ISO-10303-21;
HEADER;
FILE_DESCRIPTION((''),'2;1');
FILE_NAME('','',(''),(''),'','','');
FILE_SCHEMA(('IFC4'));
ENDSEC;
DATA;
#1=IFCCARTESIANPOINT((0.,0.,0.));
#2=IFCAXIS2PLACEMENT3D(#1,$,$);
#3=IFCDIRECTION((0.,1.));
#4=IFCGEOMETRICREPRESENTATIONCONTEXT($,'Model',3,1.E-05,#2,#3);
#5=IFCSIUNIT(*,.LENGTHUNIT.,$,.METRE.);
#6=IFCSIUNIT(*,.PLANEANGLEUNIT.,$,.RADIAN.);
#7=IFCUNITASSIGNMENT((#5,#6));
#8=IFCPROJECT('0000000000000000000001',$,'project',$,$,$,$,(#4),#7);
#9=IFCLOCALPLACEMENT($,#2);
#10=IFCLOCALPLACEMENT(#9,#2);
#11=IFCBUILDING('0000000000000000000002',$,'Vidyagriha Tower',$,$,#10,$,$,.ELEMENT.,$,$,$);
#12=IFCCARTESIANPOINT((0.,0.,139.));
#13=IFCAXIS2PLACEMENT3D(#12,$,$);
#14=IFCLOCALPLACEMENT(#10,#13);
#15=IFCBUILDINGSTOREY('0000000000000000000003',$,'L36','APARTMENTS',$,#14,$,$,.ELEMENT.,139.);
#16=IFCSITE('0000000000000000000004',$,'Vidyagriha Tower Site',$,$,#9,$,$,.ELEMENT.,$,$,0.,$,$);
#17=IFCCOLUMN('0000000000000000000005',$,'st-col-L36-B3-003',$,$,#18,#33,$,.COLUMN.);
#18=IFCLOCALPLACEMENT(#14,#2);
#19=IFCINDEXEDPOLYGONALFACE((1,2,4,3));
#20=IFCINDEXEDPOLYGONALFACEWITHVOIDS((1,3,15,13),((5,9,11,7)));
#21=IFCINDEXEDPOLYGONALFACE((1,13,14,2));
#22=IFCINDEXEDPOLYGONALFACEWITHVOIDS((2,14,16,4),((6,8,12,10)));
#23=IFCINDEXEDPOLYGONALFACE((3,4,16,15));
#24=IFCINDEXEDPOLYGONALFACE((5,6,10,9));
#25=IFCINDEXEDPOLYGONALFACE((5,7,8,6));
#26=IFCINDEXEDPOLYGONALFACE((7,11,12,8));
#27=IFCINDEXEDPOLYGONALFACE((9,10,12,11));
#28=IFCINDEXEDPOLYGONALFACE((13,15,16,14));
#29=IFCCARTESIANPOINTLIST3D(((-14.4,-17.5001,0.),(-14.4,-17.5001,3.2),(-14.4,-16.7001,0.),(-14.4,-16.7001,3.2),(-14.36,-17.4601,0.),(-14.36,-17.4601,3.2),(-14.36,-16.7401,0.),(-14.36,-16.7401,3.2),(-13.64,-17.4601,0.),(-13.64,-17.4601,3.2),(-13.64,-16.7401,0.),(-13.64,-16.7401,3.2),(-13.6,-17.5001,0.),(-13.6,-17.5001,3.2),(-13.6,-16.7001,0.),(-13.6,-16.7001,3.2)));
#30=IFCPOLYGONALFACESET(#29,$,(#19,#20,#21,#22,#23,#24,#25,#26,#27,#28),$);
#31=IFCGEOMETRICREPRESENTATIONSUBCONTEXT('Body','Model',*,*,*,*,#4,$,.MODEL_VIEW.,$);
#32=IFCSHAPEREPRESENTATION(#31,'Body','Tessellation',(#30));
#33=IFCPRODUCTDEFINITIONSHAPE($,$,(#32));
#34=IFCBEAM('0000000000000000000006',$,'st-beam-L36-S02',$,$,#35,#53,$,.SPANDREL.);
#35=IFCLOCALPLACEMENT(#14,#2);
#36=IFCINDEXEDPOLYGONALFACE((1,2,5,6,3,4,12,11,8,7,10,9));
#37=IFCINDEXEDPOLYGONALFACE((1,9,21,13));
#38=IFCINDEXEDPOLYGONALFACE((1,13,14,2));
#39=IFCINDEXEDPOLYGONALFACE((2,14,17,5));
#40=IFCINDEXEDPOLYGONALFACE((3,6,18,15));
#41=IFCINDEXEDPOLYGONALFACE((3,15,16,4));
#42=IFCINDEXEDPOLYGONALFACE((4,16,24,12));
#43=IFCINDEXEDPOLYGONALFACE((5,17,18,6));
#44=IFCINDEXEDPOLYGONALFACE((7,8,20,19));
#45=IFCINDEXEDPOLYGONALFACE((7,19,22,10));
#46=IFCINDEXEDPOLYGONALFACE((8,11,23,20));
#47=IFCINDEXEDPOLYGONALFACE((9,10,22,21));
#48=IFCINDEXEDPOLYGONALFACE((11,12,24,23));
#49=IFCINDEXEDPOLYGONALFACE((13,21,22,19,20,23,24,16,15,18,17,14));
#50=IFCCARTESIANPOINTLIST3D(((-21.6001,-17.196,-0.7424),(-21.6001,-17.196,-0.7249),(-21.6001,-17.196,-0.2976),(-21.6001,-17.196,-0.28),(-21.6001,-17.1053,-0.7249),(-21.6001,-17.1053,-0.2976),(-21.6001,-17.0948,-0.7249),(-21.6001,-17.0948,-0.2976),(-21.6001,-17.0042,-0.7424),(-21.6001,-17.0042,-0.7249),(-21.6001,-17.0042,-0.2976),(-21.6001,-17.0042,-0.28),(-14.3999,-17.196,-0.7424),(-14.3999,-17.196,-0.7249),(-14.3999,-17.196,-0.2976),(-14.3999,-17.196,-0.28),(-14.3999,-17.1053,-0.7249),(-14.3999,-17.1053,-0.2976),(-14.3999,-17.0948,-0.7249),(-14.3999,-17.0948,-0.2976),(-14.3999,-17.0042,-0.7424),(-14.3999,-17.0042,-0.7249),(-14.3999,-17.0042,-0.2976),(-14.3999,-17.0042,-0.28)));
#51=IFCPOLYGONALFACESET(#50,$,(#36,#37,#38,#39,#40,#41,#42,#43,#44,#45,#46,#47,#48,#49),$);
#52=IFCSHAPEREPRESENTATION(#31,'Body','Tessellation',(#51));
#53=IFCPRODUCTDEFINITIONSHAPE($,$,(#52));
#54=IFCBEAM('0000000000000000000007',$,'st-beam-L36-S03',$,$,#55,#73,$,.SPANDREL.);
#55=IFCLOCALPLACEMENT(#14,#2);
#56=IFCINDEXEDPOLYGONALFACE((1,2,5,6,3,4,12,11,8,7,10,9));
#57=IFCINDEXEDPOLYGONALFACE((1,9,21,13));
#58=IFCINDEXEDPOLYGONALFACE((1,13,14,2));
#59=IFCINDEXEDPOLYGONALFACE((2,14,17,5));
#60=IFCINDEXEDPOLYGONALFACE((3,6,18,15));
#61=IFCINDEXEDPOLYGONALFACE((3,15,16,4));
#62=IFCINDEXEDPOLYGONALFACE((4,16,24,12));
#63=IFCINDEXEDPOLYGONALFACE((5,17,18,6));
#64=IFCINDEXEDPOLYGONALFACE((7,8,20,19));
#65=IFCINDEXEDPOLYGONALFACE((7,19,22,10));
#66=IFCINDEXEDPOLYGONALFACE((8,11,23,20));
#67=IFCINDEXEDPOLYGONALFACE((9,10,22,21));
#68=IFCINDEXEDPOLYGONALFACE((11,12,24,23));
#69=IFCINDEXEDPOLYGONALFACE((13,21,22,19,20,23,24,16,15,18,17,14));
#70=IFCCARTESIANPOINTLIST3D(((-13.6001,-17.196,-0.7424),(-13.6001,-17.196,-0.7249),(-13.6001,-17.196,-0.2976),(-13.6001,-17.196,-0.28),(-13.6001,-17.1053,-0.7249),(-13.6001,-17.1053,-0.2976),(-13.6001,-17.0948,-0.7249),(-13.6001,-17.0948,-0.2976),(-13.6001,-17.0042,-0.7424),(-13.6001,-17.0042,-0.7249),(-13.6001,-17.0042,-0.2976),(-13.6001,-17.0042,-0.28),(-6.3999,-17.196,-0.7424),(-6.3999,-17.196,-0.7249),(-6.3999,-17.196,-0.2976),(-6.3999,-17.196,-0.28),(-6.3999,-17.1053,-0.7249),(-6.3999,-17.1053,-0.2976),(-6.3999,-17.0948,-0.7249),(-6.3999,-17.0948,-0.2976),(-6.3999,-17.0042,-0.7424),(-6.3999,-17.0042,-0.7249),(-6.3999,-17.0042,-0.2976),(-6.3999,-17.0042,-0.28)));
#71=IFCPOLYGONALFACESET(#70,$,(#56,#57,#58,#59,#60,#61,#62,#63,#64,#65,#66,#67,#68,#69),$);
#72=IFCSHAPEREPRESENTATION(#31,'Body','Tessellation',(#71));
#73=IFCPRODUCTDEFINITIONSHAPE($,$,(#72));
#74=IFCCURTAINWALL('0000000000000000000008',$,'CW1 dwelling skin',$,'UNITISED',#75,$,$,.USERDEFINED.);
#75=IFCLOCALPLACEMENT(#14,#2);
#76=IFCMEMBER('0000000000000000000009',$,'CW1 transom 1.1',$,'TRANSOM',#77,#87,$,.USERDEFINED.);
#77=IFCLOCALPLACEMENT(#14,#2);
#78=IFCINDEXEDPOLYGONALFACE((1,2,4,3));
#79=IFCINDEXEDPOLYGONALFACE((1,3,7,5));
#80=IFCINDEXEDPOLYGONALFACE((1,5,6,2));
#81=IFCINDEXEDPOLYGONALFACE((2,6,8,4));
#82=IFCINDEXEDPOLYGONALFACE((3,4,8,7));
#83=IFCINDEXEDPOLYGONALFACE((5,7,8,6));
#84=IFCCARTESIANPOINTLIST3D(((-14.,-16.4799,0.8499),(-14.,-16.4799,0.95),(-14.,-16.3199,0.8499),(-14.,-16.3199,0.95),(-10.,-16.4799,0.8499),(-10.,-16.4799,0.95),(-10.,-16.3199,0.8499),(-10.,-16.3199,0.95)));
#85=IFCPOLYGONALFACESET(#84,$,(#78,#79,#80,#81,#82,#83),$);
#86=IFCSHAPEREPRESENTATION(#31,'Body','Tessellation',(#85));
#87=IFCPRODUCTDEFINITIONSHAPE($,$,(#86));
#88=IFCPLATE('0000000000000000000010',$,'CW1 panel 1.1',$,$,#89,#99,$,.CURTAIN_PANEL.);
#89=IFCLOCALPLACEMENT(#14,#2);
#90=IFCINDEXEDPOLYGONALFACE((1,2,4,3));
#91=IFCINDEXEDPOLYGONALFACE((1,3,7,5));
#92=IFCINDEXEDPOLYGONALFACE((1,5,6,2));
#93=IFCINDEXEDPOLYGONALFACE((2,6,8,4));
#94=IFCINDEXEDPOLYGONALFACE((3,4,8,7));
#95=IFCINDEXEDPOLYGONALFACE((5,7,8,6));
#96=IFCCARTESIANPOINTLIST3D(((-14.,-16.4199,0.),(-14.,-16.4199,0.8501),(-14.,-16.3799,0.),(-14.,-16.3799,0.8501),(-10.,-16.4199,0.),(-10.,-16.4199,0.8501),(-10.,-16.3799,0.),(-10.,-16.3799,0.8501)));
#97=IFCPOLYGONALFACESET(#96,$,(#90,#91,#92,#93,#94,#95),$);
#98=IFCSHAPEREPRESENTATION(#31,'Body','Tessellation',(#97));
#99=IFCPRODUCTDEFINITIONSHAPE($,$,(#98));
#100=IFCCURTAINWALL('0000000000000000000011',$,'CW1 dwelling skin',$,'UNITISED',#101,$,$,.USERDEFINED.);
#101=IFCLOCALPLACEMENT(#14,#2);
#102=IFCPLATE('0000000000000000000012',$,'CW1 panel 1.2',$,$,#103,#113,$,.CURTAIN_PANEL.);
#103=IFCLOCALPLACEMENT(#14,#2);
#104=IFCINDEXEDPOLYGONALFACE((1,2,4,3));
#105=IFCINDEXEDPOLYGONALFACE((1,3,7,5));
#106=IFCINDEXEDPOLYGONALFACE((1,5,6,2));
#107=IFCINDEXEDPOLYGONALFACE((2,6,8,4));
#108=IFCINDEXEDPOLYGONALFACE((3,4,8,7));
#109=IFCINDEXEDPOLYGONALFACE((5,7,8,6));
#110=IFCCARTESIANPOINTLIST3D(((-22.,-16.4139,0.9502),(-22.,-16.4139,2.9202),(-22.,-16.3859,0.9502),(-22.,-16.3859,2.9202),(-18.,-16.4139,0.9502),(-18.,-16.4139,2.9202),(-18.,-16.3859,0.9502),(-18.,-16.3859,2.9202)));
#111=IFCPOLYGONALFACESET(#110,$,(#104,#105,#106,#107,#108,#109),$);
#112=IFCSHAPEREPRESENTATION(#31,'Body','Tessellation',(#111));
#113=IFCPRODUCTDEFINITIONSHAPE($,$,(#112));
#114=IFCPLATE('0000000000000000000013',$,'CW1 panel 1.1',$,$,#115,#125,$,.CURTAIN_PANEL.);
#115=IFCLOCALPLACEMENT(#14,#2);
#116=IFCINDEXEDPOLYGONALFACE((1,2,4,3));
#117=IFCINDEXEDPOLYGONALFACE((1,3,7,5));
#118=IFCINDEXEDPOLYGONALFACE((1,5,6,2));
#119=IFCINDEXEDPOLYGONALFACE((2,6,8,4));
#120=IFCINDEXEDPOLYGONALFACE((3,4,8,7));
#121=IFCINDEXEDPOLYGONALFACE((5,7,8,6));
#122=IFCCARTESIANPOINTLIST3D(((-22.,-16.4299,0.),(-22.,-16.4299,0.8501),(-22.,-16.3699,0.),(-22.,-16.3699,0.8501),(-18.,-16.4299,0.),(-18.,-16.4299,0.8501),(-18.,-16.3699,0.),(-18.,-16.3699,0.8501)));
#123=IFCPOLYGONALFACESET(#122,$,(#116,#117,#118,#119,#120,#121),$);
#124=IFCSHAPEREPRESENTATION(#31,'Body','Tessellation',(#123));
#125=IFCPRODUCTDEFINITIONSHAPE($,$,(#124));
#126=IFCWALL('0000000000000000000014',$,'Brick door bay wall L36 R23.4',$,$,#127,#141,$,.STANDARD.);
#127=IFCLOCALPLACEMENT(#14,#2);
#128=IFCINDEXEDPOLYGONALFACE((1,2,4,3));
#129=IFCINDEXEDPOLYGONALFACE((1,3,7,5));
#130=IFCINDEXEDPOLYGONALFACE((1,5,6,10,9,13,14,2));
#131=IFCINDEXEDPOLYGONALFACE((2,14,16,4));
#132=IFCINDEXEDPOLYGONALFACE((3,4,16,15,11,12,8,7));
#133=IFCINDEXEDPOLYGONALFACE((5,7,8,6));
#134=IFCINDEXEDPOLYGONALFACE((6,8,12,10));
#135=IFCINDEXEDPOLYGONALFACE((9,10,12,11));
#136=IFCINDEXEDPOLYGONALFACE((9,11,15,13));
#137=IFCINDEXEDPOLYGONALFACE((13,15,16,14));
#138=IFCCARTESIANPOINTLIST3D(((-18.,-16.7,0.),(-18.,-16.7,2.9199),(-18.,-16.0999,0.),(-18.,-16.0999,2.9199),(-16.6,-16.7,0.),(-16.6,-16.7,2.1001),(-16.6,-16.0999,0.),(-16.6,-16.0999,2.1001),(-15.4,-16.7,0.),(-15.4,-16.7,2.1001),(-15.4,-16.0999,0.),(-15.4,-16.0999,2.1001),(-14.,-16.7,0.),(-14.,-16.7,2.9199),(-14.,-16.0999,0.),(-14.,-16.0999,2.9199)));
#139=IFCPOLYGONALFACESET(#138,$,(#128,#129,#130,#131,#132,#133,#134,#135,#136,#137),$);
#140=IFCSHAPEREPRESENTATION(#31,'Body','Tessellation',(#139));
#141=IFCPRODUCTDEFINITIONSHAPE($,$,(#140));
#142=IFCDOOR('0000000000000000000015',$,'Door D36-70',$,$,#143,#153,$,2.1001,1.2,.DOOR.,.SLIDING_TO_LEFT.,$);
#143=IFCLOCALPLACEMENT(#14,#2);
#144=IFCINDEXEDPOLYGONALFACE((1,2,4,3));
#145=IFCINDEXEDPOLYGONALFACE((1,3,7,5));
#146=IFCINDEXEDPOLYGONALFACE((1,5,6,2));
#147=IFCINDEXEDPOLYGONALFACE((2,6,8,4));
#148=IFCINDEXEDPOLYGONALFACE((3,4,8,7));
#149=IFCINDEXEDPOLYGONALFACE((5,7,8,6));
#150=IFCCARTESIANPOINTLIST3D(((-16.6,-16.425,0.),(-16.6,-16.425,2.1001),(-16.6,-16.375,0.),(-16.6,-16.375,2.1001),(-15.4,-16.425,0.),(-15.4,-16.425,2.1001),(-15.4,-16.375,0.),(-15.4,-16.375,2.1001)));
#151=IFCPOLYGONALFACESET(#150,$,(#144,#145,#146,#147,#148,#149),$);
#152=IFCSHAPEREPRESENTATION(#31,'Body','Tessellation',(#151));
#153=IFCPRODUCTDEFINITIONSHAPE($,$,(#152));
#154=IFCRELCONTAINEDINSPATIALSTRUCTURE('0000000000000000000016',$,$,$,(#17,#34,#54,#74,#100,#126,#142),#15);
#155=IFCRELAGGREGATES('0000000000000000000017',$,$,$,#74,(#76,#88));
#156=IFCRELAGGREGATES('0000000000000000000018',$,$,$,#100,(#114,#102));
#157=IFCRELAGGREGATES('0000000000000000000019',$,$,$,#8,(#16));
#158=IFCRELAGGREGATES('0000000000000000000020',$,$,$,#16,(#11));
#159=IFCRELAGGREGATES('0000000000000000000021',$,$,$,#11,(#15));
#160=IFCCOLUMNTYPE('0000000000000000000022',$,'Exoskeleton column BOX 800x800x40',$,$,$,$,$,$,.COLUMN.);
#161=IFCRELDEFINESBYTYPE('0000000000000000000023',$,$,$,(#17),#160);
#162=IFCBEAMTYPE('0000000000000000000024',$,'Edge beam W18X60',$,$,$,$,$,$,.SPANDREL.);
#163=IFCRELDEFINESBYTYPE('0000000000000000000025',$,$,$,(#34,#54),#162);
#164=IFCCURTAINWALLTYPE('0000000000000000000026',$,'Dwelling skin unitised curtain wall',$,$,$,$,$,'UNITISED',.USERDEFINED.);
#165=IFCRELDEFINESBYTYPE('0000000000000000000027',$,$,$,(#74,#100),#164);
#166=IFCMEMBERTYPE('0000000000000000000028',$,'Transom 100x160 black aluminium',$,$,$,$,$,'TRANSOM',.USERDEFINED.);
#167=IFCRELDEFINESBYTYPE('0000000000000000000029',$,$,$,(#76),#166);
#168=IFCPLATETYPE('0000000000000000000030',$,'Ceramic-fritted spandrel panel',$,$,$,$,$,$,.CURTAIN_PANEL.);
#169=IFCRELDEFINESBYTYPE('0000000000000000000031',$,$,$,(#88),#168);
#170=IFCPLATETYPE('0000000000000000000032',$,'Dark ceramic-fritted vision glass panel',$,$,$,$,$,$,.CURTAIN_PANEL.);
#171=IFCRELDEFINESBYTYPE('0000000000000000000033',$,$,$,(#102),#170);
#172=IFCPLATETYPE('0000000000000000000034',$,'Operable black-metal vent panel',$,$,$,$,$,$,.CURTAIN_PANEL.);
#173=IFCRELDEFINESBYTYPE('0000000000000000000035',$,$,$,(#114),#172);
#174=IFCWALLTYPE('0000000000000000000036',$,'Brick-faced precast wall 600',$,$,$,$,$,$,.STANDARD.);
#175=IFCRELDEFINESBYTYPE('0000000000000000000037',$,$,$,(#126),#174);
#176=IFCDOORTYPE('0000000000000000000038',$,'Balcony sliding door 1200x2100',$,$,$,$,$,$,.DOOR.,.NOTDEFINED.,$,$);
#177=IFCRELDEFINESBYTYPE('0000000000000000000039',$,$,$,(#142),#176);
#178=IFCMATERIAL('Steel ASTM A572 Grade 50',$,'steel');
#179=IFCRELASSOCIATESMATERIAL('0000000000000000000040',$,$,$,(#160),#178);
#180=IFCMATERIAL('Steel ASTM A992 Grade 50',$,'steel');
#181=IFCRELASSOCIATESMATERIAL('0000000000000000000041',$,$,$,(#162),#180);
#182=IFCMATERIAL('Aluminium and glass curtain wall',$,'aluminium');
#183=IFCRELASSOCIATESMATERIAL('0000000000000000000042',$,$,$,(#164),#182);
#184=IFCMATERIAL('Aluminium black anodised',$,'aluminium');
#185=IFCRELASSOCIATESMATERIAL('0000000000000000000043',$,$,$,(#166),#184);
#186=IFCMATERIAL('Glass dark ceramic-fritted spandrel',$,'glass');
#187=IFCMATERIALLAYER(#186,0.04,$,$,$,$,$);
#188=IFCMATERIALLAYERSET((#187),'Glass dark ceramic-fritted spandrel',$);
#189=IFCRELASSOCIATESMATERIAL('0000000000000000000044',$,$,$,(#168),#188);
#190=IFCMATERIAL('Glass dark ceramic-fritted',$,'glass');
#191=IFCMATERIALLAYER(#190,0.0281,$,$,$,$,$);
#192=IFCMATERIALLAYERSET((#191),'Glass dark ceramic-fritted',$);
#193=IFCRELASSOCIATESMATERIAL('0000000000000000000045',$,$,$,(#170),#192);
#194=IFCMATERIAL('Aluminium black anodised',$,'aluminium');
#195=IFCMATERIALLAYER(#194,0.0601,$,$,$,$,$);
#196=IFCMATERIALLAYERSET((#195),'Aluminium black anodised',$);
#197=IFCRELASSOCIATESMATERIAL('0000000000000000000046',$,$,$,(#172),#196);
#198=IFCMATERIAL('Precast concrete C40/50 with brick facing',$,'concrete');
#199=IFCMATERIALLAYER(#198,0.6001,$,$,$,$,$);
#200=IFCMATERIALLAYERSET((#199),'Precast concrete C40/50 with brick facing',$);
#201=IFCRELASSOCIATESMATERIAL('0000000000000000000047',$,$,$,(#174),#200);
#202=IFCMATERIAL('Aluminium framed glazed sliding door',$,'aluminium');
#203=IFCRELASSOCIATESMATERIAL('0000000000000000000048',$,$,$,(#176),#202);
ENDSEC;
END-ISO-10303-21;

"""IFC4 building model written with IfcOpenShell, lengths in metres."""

from ifc_helpers import new_model, si_unit, direction, frame, frame_2d, origin, origin_2d, place, context, subcontext, project, spatial, rectangle, hollow_rectangle, i_section, extrude, material, layer, layer_set, material_profile, profile_set, type_object, element, fill, aggregate, save


model = new_model("IFC4")

# Units and contexts
model_context = context("Model", 3, precision=1e-05, world=origin(), true_north=direction((0.0, 1.0)))
body_context = subcontext(model_context, "Body", "Model", "MODEL_VIEW")
ifc_project = project(units=[si_unit("LENGTHUNIT", "METRE"), si_unit("PLANEANGLEUNIT", "RADIAN")], contexts=[model_context])

# Site, building, storey
site_placement = place(None, origin())
site = spatial("IfcSite", under=ifc_project, at=site_placement, Name="Vidyagriha Tower Site", CompositionType="ELEMENT", RefElevation=0.0)
building_placement = place(site_placement, origin())
building = spatial("IfcBuilding", under=site, at=building_placement, Name="Vidyagriha Tower", CompositionType="ELEMENT")
storey_placement = place(building_placement, frame((0.0, 0.0, 139.0)))
storey = spatial("IfcBuildingStorey", under=building, at=storey_placement, Name="L36", Description="APARTMENTS", CompositionType="ELEMENT", Elevation=139.0)

# Column
ifc_material_1 = material(Name="Steel ASTM A572 Grade 50", Category="steel")
ifc_material_profile_1 = material_profile(ifc_material_1, hollow_rectangle(XDim=0.8, YDim=0.8, WallThickness=0.04, at=origin_2d()), Name="BOX 800x800x40")
ifc_profile_set_1 = profile_set([ifc_material_profile_1], Name="Steel ASTM A572 Grade 50")
column_type = type_object("IfcColumnType", Name="Exoskeleton column BOX 800x800x40", PredefinedType="COLUMN", material=ifc_profile_set_1)
column_placement = place(storey_placement, frame((-14.0, -17.1001, 0.0)))
element("IfcColumn", 1, at=column_placement, inside=storey, type_object=column_type, Name="st-col-L36-B3-003", PredefinedType="COLUMN", context=body_context, shape_type="SweptSolid", body=[
    extrude(hollow_rectangle(XDim=0.8, YDim=0.8, WallThickness=0.04, at=origin_2d()), origin(), (0.0, 0.0, 1.0), 3.2),
])

# Beams
ifc_material_2 = material(Name="Steel ASTM A992 Grade 50", Category="steel")
ifc_material_profile_2 = material_profile(ifc_material_2, i_section(OverallWidth=0.1919, OverallDepth=0.4624, WebThickness=0.0105, FlangeThickness=0.0176, at=origin_2d()), Name="W18X60")
ifc_profile_set_2 = profile_set([ifc_material_profile_2], Name="Steel ASTM A992 Grade 50")
beam_type = type_object("IfcBeamType", Name="Edge beam W18X60", PredefinedType="SPANDREL", material=ifc_profile_set_2)
for number, where, z_axis, x_axis, name in (
    (2, (-21.6001, -17.1001, -0.5112), (1.0, 0.0, 0.0), (0.0, 1.0, 0.0), "st-beam-L36-S02"),
    (3, (-13.6001, -17.1001, -0.5112), (1.0, 0.0, 0.0), (0.0, 1.0, 0.0), "st-beam-L36-S03"),
):
    element("IfcBeam", number, at=place(storey_placement, frame(where, z_axis=z_axis, x_axis=x_axis)), inside=storey, type_object=beam_type, Name=name, PredefinedType="SPANDREL", context=body_context, shape_type="SweptSolid", body=[
        extrude(i_section(OverallWidth=0.1919, OverallDepth=0.4624, WebThickness=0.0105, FlangeThickness=0.0176, at=origin_2d()), origin(), (0.0, 0.0, 1.0), 7.2002),
    ])

# Curtain wall, member, plate
ifc_material_3 = material(Name="Aluminium and glass curtain wall", Category="aluminium")
curtain_wall_type = type_object("IfcCurtainWallType", Name="Dwelling skin unitised curtain wall", ElementType="UNITISED", PredefinedType="USERDEFINED", material=ifc_material_3)
curtain_wall_1_placement = place(storey_placement, origin())
curtain_wall_1 = element("IfcCurtainWall", 4, at=curtain_wall_1_placement, inside=storey, type_object=curtain_wall_type, Name="CW1 dwelling skin", ObjectType="UNITISED", PredefinedType="USERDEFINED")
ifc_material_4 = material(Name="Aluminium black anodised", Category="aluminium")
ifc_material_profile_3 = material_profile(ifc_material_4, rectangle(XDim=0.1599, YDim=0.1001, at=origin_2d()), Name="Transom 100x160 black aluminium")
ifc_profile_set_3 = profile_set([ifc_material_profile_3], Name="Aluminium black anodised")
member_type = type_object("IfcMemberType", Name="Transom 100x160 black aluminium", ElementType="TRANSOM", PredefinedType="USERDEFINED", material=ifc_profile_set_3)
member_placement = place(storey_placement, frame((-14.0, -16.3999, 0.8999), z_axis=(1.0, 0.0, 0.0), x_axis=(0.0, 1.0, 0.0)))
member = element("IfcMember", 5, at=member_placement, type_object=member_type, Name="CW1 transom 1.1", ObjectType="TRANSOM", PredefinedType="USERDEFINED", context=body_context, shape_type="SweptSolid", body=[
    extrude(rectangle(XDim=0.1599, YDim=0.1001, at=origin_2d()), origin(), (0.0, 0.0, 1.0), 4.0),
])
ifc_material_5 = material(Name="Glass dark ceramic-fritted spandrel", Category="glass")
ifc_layer_1 = layer(ifc_material_5, 0.04)
ifc_layer_set_1 = layer_set([ifc_layer_1], Name="Glass dark ceramic-fritted spandrel")
plate_type_1 = type_object("IfcPlateType", Name="Ceramic-fritted spandrel panel", PredefinedType="CURTAIN_PANEL", material=ifc_layer_set_1)
plate_1_placement = place(storey_placement, frame((-12.0, -16.3999, 0.0)))
plate_1 = element("IfcPlate", 6, at=plate_1_placement, type_object=plate_type_1, Name="CW1 panel 1.1", PredefinedType="CURTAIN_PANEL", context=body_context, shape_type="SweptSolid", body=[
    extrude(rectangle(XDim=4.0, YDim=0.04, at=origin_2d()), origin(), (0.0, 0.0, 1.0), 0.8501),
])
aggregate(curtain_wall_1, [member, plate_1])

# Curtain wall, plates
curtain_wall_2_placement = place(storey_placement, origin())
curtain_wall_2 = element("IfcCurtainWall", 7, at=curtain_wall_2_placement, inside=storey, type_object=curtain_wall_type, Name="CW1 dwelling skin", ObjectType="UNITISED", PredefinedType="USERDEFINED")
ifc_material_6 = material(Name="Glass dark ceramic-fritted", Category="glass")
ifc_layer_2 = layer(ifc_material_6, 0.0281)
ifc_layer_set_2 = layer_set([ifc_layer_2], Name="Glass dark ceramic-fritted")
plate_type_2 = type_object("IfcPlateType", Name="Dark ceramic-fritted vision glass panel", PredefinedType="CURTAIN_PANEL", material=ifc_layer_set_2)
plate_2_placement = place(storey_placement, frame((-20.0, -16.3999, 0.9502)))
plate_2 = element("IfcPlate", 8, at=plate_2_placement, type_object=plate_type_2, Name="CW1 panel 1.2", PredefinedType="CURTAIN_PANEL", context=body_context, shape_type="SweptSolid", body=[
    extrude(rectangle(XDim=4.0, YDim=0.0281, at=origin_2d()), origin(), (0.0, 0.0, 1.0), 1.97),
])
ifc_material_7 = material(Name="Aluminium black anodised", Category="aluminium")
ifc_layer_3 = layer(ifc_material_7, 0.0601)
ifc_layer_set_3 = layer_set([ifc_layer_3], Name="Aluminium black anodised")
plate_type_3 = type_object("IfcPlateType", Name="Operable black-metal vent panel", PredefinedType="CURTAIN_PANEL", material=ifc_layer_set_3)
plate_3_placement = place(storey_placement, frame((-20.0, -16.3999, 0.0)))
plate_3 = element("IfcPlate", 9, at=plate_3_placement, type_object=plate_type_3, Name="CW1 panel 1.1", PredefinedType="CURTAIN_PANEL", context=body_context, shape_type="SweptSolid", body=[
    extrude(rectangle(XDim=4.0, YDim=0.0601, at=origin_2d()), origin(), (0.0, 0.0, 1.0), 0.8501),
])
aggregate(curtain_wall_2, [plate_3, plate_2])

# Wall, opening, door
ifc_material_8 = material(Name="Precast concrete C40/50 with brick facing", Category="concrete")
ifc_layer_4 = layer(ifc_material_8, 0.6001)
ifc_layer_set_4 = layer_set([ifc_layer_4], Name="Precast concrete C40/50 with brick facing")
wall_type = type_object("IfcWallType", Name="Brick-faced precast wall 600", PredefinedType="STANDARD", material=ifc_layer_set_4)
wall_placement = place(storey_placement, frame((-18.0, -16.3999, 0.0)))
wall = element("IfcWall", 10, at=wall_placement, inside=storey, type_object=wall_type, Name="Brick door bay wall L36 R23.4", PredefinedType="STANDARD", context=body_context, shape_type="SweptSolid", body=[
    extrude(rectangle(XDim=4.0, YDim=0.6001, at=frame_2d((2.0, 0.0))), origin(), (0.0, 0.0, 1.0), 2.9199),
])
opening_placement = place(wall_placement, frame((1.3999, 0.0, 0.0)))
opening = element("IfcOpeningElement", 11, at=opening_placement, cuts=wall, PredefinedType="OPENING", context=body_context, shape_type="SweptSolid", body=[
    extrude(rectangle(XDim=1.2, YDim=2.1001, at=frame_2d((0.6001, 1.05))), frame((0.0, 0.3101, 0.0), z_axis=(0.0, -1.0, 0.0), x_axis=(1.0, 0.0, 0.0)), (0.0, 0.0, 1.0), 0.6201),
])
ifc_material_9 = material(Name="Aluminium framed glazed sliding door", Category="aluminium")
door_type = type_object("IfcDoorType", Name="Balcony sliding door 1200x2100", OperationType="NOTDEFINED", PredefinedType="DOOR", material=ifc_material_9)
door_placement = place(opening_placement, origin())
door = element("IfcDoor", 12, at=door_placement, inside=storey, type_object=door_type, Name="Door D36-70", OperationType="SLIDING_TO_LEFT", OverallHeight=2.1001, OverallWidth=1.2, PredefinedType="DOOR", context=body_context, shape_type="SweptSolid", body=[
    extrude(rectangle(XDim=1.2, YDim=2.1001, at=frame_2d((0.6001, 1.05))), frame((0.0, 0.0249, 0.0), z_axis=(0.0, -1.0, 0.0), x_axis=(1.0, 0.0, 0.0)), (0.0, 0.0, 1.0), 0.05),
])
fill(opening, door)

save(model, "model.ifc")
